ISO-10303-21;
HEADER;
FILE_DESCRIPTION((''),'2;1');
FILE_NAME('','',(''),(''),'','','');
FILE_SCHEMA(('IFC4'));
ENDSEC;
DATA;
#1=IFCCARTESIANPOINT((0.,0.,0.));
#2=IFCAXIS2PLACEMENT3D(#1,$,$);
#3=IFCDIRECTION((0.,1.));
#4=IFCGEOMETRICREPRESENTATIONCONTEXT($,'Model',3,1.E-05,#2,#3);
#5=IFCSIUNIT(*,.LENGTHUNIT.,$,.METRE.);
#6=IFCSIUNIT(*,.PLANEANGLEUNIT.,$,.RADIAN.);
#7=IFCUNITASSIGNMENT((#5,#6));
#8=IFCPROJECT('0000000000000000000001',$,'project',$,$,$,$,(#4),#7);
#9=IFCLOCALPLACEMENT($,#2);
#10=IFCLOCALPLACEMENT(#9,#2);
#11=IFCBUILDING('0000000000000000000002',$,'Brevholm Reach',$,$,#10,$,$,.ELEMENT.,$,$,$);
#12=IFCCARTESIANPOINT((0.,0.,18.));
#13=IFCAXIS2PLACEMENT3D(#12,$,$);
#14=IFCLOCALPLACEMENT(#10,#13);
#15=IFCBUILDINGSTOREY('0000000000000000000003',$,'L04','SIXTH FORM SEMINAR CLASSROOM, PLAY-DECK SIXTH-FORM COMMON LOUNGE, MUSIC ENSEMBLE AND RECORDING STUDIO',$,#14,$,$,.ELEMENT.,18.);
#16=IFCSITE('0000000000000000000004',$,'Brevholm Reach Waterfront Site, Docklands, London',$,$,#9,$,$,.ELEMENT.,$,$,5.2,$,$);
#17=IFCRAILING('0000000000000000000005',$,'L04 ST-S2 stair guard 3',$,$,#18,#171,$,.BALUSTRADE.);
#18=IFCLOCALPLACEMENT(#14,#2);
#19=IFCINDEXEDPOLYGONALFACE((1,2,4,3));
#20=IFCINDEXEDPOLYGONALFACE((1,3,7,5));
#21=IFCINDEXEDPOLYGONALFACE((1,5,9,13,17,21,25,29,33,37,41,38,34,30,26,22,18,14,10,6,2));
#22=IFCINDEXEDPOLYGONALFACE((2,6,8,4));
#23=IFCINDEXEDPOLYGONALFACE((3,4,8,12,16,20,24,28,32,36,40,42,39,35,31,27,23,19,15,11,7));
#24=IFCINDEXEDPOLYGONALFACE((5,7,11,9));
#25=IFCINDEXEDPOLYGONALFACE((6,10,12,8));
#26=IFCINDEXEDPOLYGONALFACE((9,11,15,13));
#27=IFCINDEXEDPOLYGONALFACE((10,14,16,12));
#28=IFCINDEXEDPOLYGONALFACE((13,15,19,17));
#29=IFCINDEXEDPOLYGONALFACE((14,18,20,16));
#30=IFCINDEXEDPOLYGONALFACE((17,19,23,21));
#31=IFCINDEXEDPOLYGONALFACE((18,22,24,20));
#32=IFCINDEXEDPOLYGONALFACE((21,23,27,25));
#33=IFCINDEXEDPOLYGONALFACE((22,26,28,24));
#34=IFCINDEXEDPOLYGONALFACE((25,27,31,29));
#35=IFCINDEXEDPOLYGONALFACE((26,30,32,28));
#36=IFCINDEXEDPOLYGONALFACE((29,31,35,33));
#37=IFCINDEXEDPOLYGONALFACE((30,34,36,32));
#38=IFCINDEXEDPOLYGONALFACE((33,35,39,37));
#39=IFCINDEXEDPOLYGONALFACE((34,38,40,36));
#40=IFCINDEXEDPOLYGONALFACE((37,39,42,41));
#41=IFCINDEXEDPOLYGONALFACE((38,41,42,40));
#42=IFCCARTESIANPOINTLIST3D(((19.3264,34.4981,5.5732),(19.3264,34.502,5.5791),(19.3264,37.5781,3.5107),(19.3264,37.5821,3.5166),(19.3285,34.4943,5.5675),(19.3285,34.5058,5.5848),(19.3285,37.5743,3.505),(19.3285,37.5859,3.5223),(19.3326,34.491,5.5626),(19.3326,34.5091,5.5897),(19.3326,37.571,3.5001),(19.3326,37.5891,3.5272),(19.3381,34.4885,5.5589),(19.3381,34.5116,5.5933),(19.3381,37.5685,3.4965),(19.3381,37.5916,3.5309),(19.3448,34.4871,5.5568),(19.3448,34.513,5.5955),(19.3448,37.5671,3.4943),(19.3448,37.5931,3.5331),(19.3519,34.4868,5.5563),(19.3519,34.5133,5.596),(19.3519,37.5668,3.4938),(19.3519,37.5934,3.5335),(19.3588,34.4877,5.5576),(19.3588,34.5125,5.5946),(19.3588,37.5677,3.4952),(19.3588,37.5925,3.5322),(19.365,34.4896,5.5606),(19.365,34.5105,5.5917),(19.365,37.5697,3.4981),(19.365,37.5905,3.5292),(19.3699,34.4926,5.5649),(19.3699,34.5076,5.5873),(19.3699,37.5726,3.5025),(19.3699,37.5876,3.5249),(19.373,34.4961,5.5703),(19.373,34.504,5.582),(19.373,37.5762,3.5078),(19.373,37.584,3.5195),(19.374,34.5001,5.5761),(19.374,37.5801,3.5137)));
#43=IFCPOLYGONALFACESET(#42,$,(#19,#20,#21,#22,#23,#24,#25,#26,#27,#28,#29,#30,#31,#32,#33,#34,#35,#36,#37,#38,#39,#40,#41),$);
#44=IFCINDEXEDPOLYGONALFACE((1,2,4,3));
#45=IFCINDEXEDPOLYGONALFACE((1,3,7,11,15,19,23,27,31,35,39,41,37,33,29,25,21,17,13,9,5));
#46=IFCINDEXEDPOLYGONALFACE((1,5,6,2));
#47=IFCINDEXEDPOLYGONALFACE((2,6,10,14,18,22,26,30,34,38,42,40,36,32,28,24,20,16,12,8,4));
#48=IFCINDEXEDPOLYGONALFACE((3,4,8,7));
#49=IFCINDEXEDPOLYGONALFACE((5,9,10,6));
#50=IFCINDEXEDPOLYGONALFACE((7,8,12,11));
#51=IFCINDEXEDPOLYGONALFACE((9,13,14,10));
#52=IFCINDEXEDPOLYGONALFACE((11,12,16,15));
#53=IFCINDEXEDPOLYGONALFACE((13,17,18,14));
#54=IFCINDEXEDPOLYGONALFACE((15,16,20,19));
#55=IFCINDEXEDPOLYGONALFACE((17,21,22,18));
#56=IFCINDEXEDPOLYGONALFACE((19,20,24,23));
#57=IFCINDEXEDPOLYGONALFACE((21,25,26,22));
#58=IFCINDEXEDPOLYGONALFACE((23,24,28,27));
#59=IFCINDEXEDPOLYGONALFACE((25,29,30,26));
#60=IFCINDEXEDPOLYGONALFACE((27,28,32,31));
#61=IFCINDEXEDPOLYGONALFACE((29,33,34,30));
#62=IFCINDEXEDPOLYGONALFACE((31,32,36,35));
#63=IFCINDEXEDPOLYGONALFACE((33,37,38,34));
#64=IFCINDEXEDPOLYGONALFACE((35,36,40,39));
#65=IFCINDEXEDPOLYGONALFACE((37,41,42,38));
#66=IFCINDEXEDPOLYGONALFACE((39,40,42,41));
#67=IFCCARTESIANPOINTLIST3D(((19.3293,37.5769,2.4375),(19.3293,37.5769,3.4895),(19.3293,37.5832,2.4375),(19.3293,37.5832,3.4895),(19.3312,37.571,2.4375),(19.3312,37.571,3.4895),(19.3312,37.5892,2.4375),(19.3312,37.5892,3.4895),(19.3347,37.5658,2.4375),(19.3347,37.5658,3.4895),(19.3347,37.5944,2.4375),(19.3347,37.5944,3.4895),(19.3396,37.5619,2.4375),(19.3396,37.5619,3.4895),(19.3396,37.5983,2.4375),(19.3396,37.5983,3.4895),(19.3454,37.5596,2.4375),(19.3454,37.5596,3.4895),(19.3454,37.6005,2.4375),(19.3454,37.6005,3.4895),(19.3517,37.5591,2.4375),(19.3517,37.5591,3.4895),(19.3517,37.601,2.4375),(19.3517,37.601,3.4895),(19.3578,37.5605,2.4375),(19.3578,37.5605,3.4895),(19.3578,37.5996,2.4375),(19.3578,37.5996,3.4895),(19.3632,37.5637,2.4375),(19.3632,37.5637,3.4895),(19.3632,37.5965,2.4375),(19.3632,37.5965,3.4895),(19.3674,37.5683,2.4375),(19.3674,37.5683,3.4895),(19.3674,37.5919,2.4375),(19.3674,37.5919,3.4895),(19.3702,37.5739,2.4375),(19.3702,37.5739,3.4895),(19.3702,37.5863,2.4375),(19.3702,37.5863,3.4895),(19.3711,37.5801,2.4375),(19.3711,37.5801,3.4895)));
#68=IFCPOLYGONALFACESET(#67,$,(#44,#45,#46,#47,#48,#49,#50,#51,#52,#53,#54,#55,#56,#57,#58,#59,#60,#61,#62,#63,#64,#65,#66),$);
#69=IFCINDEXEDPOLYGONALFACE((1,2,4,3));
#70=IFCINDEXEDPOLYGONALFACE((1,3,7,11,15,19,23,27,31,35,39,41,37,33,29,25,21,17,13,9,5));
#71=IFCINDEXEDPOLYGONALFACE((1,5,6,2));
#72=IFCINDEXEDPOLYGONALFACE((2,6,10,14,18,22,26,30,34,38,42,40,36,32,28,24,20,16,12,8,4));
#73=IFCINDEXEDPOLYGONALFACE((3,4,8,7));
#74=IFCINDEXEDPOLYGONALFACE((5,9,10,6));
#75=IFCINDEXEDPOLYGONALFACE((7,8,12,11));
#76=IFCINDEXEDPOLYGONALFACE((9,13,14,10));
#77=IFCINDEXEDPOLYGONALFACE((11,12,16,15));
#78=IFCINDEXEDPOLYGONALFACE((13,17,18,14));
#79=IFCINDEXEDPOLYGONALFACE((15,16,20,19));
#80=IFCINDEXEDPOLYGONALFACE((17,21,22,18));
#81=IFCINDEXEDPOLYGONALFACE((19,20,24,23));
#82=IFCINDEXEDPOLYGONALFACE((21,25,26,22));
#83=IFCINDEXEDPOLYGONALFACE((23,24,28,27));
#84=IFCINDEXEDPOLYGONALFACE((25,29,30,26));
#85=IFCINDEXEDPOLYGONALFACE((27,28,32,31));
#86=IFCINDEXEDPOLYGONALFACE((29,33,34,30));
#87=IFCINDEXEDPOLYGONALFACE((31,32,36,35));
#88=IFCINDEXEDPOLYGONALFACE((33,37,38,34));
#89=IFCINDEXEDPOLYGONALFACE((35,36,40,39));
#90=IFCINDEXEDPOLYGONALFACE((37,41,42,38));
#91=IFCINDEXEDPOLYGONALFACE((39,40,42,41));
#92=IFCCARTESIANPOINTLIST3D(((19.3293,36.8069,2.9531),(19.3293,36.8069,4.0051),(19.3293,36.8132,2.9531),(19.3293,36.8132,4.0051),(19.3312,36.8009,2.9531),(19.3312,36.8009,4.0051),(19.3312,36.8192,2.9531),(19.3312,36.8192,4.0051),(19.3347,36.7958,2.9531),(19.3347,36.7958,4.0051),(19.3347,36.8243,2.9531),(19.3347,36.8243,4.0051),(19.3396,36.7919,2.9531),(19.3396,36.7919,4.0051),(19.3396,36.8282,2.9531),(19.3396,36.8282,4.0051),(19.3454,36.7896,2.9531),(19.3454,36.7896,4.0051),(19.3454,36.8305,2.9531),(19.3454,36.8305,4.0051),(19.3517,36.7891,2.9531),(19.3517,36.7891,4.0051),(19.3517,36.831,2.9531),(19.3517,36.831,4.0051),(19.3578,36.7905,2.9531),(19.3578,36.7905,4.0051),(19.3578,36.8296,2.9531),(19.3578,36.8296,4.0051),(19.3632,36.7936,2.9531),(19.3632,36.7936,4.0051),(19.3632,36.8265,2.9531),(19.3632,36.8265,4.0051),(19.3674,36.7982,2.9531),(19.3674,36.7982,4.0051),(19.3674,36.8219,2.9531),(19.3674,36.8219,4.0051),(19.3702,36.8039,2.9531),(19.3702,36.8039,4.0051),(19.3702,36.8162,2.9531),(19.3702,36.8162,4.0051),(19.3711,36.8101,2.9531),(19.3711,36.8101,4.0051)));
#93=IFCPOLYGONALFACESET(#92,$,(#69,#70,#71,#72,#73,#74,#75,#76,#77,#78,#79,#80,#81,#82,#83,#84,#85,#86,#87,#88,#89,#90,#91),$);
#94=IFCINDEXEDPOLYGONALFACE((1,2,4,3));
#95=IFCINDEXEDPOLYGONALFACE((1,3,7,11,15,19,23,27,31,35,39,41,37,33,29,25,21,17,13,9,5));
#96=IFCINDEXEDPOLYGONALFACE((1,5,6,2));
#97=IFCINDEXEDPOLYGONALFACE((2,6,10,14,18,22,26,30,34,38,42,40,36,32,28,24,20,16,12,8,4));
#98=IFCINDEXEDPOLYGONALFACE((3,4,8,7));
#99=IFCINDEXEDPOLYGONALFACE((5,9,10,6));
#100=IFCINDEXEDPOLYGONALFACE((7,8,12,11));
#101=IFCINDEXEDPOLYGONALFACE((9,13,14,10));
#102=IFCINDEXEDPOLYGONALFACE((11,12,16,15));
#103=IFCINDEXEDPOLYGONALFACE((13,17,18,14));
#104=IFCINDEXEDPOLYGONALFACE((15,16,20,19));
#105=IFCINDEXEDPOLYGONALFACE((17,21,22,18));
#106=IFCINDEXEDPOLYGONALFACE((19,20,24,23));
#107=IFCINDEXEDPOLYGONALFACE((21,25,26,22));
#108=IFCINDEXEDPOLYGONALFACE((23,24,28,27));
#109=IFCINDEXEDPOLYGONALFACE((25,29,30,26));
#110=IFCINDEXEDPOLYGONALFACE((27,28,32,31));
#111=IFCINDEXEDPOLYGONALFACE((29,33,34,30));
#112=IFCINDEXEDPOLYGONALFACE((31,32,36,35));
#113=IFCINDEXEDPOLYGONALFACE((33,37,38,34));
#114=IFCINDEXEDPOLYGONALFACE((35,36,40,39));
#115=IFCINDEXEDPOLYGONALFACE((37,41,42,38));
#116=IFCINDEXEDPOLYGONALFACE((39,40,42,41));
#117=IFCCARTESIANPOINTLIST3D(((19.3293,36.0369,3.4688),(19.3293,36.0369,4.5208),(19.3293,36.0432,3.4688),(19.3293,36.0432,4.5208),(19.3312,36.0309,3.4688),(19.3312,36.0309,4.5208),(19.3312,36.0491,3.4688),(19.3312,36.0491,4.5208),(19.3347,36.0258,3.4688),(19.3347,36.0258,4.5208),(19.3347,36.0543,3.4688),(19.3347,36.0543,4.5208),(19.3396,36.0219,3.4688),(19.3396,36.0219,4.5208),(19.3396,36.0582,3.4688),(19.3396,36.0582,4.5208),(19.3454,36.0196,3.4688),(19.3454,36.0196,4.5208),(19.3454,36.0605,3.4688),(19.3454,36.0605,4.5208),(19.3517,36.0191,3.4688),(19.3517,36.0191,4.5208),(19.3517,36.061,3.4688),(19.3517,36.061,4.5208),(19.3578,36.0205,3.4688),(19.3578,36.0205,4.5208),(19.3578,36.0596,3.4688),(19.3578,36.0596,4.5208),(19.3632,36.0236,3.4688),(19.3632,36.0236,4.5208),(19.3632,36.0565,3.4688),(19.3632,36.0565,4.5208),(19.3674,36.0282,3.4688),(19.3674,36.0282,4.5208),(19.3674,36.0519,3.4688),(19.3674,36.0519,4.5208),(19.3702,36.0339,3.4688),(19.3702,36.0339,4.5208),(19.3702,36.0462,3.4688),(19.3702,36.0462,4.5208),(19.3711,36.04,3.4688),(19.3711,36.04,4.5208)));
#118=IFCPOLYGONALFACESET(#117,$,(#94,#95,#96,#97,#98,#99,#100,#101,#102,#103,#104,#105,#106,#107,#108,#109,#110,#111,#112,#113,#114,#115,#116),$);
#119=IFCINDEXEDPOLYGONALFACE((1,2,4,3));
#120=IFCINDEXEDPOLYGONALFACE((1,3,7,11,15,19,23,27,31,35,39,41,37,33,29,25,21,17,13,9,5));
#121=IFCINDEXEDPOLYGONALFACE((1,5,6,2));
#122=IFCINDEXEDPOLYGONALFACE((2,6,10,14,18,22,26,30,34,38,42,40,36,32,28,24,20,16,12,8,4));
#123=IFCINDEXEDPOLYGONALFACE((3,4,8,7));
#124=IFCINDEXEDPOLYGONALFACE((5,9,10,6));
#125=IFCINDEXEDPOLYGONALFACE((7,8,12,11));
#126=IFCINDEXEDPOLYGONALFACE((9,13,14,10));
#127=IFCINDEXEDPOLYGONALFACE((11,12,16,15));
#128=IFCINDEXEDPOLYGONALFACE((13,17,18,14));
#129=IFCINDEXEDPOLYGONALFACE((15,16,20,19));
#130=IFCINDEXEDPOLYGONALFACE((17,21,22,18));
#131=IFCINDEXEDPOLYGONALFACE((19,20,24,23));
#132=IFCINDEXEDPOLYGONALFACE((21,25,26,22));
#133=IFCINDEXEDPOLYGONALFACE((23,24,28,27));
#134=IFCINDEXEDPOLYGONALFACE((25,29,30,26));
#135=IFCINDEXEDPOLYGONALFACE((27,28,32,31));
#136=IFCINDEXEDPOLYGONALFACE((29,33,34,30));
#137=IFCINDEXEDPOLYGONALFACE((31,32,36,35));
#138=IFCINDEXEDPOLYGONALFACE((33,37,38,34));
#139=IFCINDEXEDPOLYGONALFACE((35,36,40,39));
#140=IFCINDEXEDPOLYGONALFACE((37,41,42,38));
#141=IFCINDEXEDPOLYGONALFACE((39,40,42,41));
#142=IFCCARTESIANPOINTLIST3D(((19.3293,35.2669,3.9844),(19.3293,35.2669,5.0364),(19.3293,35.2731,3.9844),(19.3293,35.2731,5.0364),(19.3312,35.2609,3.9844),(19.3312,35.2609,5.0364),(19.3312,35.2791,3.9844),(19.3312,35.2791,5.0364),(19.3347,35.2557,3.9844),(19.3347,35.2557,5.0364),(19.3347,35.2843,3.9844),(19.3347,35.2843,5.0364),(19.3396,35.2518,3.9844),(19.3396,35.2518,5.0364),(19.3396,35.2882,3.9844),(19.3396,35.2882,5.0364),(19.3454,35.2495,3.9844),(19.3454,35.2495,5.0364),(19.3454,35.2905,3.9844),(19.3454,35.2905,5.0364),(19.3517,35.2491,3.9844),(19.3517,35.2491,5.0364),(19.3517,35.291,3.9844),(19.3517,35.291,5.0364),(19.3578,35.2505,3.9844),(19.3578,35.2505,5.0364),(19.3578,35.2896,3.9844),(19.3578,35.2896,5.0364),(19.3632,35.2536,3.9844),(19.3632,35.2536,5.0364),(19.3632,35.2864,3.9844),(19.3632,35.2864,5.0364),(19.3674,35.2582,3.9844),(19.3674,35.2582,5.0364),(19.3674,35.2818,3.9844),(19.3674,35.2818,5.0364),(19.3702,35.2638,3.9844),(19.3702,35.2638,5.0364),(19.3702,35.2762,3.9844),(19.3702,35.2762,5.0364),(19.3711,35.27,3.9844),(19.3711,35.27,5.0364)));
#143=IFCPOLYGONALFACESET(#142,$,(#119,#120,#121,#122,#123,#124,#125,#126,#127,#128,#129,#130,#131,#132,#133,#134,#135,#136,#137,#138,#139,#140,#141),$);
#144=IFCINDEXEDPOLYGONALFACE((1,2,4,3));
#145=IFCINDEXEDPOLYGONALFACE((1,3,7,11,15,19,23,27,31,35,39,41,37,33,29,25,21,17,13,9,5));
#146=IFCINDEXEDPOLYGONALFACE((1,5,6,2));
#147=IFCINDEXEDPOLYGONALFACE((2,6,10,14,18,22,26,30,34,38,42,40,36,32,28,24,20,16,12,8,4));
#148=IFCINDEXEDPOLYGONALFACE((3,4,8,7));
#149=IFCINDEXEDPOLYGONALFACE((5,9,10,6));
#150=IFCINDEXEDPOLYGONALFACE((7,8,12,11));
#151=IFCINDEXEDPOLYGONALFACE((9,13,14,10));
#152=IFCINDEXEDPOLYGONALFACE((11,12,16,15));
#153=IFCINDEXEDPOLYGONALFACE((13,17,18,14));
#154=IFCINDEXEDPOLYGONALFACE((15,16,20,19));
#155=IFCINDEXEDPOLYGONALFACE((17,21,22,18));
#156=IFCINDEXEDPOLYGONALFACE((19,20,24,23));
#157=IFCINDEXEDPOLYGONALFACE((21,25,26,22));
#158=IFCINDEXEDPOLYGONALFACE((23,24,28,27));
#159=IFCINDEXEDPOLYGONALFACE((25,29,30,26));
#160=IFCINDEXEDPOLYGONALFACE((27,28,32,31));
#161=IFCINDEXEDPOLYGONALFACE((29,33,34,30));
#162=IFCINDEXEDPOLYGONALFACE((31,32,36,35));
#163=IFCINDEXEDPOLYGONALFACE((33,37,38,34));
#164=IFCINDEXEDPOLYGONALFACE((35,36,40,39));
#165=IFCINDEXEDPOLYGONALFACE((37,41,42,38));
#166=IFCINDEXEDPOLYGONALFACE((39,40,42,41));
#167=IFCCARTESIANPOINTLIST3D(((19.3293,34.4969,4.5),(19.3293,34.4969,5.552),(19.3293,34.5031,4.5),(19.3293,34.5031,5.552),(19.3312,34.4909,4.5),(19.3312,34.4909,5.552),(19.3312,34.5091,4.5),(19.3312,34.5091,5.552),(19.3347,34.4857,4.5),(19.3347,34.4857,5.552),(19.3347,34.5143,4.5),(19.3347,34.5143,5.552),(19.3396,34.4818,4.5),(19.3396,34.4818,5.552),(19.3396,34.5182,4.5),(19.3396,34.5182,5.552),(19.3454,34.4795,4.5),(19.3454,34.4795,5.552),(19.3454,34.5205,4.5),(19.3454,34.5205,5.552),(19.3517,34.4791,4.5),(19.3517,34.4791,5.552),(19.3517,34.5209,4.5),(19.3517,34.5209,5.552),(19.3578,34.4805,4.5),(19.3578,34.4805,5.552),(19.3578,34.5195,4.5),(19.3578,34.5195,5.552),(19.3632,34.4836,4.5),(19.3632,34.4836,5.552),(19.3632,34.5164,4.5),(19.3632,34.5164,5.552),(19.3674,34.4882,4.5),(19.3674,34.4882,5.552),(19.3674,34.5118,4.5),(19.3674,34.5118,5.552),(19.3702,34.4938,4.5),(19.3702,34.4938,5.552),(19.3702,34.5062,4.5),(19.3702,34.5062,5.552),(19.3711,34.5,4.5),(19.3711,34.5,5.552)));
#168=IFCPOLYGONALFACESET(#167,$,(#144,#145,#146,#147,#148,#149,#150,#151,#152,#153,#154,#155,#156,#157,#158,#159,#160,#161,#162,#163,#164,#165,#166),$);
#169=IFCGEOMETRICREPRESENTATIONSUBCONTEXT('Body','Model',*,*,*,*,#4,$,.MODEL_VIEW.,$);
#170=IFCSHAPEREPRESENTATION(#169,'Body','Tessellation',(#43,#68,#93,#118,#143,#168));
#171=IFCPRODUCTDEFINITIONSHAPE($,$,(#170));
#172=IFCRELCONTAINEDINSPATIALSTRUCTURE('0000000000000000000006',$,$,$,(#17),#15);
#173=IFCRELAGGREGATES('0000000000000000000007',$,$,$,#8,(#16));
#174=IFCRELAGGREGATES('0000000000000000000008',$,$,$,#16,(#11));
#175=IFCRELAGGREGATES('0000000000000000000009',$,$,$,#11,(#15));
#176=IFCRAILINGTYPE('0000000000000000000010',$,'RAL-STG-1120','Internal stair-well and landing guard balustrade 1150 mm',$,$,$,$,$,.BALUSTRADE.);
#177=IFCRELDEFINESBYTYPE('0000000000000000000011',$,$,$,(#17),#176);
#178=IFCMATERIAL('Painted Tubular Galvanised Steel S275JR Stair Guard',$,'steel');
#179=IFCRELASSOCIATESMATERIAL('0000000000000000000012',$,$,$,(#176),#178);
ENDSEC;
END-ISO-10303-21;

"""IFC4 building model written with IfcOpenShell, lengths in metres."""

from ifc_helpers import new_model, si_unit, direction, frame, origin, origin_2d, place, context, subcontext, project, spatial, circle, extrude, material, type_object, element, save


model = new_model("IFC4")

# Units and contexts
model_context = context("Model", 3, precision=1e-05, world=origin(), true_north=direction((0.0, 1.0)))
body_context = subcontext(model_context, "Body", "Model", "MODEL_VIEW")
ifc_project = project(units=[si_unit("LENGTHUNIT", "METRE"), si_unit("PLANEANGLEUNIT", "RADIAN")], contexts=[model_context])

# Site, building, storey
site_placement = place(None, origin())
site = spatial("IfcSite", under=ifc_project, at=site_placement, Name="Brevholm Reach Waterfront Site, Docklands, London", CompositionType="ELEMENT", RefElevation=5.2)
building_placement = place(site_placement, origin())
building = spatial("IfcBuilding", under=site, at=building_placement, Name="Brevholm Reach", CompositionType="ELEMENT")
storey_placement = place(building_placement, frame((0.0, 0.0, 18.0)))
storey = spatial("IfcBuildingStorey", under=building, at=storey_placement, Name="L04", Description="SIXTH FORM SEMINAR CLASSROOM, PLAY-DECK SIXTH-FORM COMMON LOUNGE, MUSIC ENSEMBLE AND RECORDING STUDIO", CompositionType="ELEMENT", Elevation=18.0)

# Railing
ifc_material_1 = material(Name="Painted Tubular Galvanised Steel S275JR Stair Guard", Category="steel")
railing_type_1 = type_object("IfcRailingType", Name="RAL-STG-1120", Description="Internal stair-well and landing guard balustrade 1150 mm", PredefinedType="BALUSTRADE", material=ifc_material_1)
railing_1_placement = place(storey_placement, frame((19.3501, 37.5801, 2.4375)))
element("IfcRailing", 1, at=railing_1_placement, inside=storey, type_object=railing_type_1, Name="L04 ST-S2 stair guard 3", PredefinedType="BALUSTRADE", context=body_context, shape_type="SweptSolid", body=[
    extrude(circle(Radius=0.0239, at=origin_2d()), frame((0.0, 0.0, 1.0762), z_axis=(0.0, -0.830914, 0.556401), x_axis=(1.0, 0.0, 0.0)), (0.0, 0.0, 1.0), 3.7068),
    extrude(circle(Radius=0.021, at=origin_2d()), origin(), (0.0, 0.0, 1.0), 1.052),
    extrude(circle(Radius=0.021, at=origin_2d()), frame((0.0, -0.77, 0.5156)), (0.0, 0.0, 1.0), 1.052),
    extrude(circle(Radius=0.021, at=origin_2d()), frame((0.0, -1.54, 1.0312)), (0.0, 0.0, 1.0), 1.052),
    extrude(circle(Radius=0.021, at=origin_2d()), frame((0.0, -2.3101, 1.5469)), (0.0, 0.0, 1.0), 1.052),
    extrude(circle(Radius=0.021, at=origin_2d()), frame((0.0, -3.0801, 2.0625)), (0.0, 0.0, 1.0), 1.052),
])

save(model, "model.ifc")
